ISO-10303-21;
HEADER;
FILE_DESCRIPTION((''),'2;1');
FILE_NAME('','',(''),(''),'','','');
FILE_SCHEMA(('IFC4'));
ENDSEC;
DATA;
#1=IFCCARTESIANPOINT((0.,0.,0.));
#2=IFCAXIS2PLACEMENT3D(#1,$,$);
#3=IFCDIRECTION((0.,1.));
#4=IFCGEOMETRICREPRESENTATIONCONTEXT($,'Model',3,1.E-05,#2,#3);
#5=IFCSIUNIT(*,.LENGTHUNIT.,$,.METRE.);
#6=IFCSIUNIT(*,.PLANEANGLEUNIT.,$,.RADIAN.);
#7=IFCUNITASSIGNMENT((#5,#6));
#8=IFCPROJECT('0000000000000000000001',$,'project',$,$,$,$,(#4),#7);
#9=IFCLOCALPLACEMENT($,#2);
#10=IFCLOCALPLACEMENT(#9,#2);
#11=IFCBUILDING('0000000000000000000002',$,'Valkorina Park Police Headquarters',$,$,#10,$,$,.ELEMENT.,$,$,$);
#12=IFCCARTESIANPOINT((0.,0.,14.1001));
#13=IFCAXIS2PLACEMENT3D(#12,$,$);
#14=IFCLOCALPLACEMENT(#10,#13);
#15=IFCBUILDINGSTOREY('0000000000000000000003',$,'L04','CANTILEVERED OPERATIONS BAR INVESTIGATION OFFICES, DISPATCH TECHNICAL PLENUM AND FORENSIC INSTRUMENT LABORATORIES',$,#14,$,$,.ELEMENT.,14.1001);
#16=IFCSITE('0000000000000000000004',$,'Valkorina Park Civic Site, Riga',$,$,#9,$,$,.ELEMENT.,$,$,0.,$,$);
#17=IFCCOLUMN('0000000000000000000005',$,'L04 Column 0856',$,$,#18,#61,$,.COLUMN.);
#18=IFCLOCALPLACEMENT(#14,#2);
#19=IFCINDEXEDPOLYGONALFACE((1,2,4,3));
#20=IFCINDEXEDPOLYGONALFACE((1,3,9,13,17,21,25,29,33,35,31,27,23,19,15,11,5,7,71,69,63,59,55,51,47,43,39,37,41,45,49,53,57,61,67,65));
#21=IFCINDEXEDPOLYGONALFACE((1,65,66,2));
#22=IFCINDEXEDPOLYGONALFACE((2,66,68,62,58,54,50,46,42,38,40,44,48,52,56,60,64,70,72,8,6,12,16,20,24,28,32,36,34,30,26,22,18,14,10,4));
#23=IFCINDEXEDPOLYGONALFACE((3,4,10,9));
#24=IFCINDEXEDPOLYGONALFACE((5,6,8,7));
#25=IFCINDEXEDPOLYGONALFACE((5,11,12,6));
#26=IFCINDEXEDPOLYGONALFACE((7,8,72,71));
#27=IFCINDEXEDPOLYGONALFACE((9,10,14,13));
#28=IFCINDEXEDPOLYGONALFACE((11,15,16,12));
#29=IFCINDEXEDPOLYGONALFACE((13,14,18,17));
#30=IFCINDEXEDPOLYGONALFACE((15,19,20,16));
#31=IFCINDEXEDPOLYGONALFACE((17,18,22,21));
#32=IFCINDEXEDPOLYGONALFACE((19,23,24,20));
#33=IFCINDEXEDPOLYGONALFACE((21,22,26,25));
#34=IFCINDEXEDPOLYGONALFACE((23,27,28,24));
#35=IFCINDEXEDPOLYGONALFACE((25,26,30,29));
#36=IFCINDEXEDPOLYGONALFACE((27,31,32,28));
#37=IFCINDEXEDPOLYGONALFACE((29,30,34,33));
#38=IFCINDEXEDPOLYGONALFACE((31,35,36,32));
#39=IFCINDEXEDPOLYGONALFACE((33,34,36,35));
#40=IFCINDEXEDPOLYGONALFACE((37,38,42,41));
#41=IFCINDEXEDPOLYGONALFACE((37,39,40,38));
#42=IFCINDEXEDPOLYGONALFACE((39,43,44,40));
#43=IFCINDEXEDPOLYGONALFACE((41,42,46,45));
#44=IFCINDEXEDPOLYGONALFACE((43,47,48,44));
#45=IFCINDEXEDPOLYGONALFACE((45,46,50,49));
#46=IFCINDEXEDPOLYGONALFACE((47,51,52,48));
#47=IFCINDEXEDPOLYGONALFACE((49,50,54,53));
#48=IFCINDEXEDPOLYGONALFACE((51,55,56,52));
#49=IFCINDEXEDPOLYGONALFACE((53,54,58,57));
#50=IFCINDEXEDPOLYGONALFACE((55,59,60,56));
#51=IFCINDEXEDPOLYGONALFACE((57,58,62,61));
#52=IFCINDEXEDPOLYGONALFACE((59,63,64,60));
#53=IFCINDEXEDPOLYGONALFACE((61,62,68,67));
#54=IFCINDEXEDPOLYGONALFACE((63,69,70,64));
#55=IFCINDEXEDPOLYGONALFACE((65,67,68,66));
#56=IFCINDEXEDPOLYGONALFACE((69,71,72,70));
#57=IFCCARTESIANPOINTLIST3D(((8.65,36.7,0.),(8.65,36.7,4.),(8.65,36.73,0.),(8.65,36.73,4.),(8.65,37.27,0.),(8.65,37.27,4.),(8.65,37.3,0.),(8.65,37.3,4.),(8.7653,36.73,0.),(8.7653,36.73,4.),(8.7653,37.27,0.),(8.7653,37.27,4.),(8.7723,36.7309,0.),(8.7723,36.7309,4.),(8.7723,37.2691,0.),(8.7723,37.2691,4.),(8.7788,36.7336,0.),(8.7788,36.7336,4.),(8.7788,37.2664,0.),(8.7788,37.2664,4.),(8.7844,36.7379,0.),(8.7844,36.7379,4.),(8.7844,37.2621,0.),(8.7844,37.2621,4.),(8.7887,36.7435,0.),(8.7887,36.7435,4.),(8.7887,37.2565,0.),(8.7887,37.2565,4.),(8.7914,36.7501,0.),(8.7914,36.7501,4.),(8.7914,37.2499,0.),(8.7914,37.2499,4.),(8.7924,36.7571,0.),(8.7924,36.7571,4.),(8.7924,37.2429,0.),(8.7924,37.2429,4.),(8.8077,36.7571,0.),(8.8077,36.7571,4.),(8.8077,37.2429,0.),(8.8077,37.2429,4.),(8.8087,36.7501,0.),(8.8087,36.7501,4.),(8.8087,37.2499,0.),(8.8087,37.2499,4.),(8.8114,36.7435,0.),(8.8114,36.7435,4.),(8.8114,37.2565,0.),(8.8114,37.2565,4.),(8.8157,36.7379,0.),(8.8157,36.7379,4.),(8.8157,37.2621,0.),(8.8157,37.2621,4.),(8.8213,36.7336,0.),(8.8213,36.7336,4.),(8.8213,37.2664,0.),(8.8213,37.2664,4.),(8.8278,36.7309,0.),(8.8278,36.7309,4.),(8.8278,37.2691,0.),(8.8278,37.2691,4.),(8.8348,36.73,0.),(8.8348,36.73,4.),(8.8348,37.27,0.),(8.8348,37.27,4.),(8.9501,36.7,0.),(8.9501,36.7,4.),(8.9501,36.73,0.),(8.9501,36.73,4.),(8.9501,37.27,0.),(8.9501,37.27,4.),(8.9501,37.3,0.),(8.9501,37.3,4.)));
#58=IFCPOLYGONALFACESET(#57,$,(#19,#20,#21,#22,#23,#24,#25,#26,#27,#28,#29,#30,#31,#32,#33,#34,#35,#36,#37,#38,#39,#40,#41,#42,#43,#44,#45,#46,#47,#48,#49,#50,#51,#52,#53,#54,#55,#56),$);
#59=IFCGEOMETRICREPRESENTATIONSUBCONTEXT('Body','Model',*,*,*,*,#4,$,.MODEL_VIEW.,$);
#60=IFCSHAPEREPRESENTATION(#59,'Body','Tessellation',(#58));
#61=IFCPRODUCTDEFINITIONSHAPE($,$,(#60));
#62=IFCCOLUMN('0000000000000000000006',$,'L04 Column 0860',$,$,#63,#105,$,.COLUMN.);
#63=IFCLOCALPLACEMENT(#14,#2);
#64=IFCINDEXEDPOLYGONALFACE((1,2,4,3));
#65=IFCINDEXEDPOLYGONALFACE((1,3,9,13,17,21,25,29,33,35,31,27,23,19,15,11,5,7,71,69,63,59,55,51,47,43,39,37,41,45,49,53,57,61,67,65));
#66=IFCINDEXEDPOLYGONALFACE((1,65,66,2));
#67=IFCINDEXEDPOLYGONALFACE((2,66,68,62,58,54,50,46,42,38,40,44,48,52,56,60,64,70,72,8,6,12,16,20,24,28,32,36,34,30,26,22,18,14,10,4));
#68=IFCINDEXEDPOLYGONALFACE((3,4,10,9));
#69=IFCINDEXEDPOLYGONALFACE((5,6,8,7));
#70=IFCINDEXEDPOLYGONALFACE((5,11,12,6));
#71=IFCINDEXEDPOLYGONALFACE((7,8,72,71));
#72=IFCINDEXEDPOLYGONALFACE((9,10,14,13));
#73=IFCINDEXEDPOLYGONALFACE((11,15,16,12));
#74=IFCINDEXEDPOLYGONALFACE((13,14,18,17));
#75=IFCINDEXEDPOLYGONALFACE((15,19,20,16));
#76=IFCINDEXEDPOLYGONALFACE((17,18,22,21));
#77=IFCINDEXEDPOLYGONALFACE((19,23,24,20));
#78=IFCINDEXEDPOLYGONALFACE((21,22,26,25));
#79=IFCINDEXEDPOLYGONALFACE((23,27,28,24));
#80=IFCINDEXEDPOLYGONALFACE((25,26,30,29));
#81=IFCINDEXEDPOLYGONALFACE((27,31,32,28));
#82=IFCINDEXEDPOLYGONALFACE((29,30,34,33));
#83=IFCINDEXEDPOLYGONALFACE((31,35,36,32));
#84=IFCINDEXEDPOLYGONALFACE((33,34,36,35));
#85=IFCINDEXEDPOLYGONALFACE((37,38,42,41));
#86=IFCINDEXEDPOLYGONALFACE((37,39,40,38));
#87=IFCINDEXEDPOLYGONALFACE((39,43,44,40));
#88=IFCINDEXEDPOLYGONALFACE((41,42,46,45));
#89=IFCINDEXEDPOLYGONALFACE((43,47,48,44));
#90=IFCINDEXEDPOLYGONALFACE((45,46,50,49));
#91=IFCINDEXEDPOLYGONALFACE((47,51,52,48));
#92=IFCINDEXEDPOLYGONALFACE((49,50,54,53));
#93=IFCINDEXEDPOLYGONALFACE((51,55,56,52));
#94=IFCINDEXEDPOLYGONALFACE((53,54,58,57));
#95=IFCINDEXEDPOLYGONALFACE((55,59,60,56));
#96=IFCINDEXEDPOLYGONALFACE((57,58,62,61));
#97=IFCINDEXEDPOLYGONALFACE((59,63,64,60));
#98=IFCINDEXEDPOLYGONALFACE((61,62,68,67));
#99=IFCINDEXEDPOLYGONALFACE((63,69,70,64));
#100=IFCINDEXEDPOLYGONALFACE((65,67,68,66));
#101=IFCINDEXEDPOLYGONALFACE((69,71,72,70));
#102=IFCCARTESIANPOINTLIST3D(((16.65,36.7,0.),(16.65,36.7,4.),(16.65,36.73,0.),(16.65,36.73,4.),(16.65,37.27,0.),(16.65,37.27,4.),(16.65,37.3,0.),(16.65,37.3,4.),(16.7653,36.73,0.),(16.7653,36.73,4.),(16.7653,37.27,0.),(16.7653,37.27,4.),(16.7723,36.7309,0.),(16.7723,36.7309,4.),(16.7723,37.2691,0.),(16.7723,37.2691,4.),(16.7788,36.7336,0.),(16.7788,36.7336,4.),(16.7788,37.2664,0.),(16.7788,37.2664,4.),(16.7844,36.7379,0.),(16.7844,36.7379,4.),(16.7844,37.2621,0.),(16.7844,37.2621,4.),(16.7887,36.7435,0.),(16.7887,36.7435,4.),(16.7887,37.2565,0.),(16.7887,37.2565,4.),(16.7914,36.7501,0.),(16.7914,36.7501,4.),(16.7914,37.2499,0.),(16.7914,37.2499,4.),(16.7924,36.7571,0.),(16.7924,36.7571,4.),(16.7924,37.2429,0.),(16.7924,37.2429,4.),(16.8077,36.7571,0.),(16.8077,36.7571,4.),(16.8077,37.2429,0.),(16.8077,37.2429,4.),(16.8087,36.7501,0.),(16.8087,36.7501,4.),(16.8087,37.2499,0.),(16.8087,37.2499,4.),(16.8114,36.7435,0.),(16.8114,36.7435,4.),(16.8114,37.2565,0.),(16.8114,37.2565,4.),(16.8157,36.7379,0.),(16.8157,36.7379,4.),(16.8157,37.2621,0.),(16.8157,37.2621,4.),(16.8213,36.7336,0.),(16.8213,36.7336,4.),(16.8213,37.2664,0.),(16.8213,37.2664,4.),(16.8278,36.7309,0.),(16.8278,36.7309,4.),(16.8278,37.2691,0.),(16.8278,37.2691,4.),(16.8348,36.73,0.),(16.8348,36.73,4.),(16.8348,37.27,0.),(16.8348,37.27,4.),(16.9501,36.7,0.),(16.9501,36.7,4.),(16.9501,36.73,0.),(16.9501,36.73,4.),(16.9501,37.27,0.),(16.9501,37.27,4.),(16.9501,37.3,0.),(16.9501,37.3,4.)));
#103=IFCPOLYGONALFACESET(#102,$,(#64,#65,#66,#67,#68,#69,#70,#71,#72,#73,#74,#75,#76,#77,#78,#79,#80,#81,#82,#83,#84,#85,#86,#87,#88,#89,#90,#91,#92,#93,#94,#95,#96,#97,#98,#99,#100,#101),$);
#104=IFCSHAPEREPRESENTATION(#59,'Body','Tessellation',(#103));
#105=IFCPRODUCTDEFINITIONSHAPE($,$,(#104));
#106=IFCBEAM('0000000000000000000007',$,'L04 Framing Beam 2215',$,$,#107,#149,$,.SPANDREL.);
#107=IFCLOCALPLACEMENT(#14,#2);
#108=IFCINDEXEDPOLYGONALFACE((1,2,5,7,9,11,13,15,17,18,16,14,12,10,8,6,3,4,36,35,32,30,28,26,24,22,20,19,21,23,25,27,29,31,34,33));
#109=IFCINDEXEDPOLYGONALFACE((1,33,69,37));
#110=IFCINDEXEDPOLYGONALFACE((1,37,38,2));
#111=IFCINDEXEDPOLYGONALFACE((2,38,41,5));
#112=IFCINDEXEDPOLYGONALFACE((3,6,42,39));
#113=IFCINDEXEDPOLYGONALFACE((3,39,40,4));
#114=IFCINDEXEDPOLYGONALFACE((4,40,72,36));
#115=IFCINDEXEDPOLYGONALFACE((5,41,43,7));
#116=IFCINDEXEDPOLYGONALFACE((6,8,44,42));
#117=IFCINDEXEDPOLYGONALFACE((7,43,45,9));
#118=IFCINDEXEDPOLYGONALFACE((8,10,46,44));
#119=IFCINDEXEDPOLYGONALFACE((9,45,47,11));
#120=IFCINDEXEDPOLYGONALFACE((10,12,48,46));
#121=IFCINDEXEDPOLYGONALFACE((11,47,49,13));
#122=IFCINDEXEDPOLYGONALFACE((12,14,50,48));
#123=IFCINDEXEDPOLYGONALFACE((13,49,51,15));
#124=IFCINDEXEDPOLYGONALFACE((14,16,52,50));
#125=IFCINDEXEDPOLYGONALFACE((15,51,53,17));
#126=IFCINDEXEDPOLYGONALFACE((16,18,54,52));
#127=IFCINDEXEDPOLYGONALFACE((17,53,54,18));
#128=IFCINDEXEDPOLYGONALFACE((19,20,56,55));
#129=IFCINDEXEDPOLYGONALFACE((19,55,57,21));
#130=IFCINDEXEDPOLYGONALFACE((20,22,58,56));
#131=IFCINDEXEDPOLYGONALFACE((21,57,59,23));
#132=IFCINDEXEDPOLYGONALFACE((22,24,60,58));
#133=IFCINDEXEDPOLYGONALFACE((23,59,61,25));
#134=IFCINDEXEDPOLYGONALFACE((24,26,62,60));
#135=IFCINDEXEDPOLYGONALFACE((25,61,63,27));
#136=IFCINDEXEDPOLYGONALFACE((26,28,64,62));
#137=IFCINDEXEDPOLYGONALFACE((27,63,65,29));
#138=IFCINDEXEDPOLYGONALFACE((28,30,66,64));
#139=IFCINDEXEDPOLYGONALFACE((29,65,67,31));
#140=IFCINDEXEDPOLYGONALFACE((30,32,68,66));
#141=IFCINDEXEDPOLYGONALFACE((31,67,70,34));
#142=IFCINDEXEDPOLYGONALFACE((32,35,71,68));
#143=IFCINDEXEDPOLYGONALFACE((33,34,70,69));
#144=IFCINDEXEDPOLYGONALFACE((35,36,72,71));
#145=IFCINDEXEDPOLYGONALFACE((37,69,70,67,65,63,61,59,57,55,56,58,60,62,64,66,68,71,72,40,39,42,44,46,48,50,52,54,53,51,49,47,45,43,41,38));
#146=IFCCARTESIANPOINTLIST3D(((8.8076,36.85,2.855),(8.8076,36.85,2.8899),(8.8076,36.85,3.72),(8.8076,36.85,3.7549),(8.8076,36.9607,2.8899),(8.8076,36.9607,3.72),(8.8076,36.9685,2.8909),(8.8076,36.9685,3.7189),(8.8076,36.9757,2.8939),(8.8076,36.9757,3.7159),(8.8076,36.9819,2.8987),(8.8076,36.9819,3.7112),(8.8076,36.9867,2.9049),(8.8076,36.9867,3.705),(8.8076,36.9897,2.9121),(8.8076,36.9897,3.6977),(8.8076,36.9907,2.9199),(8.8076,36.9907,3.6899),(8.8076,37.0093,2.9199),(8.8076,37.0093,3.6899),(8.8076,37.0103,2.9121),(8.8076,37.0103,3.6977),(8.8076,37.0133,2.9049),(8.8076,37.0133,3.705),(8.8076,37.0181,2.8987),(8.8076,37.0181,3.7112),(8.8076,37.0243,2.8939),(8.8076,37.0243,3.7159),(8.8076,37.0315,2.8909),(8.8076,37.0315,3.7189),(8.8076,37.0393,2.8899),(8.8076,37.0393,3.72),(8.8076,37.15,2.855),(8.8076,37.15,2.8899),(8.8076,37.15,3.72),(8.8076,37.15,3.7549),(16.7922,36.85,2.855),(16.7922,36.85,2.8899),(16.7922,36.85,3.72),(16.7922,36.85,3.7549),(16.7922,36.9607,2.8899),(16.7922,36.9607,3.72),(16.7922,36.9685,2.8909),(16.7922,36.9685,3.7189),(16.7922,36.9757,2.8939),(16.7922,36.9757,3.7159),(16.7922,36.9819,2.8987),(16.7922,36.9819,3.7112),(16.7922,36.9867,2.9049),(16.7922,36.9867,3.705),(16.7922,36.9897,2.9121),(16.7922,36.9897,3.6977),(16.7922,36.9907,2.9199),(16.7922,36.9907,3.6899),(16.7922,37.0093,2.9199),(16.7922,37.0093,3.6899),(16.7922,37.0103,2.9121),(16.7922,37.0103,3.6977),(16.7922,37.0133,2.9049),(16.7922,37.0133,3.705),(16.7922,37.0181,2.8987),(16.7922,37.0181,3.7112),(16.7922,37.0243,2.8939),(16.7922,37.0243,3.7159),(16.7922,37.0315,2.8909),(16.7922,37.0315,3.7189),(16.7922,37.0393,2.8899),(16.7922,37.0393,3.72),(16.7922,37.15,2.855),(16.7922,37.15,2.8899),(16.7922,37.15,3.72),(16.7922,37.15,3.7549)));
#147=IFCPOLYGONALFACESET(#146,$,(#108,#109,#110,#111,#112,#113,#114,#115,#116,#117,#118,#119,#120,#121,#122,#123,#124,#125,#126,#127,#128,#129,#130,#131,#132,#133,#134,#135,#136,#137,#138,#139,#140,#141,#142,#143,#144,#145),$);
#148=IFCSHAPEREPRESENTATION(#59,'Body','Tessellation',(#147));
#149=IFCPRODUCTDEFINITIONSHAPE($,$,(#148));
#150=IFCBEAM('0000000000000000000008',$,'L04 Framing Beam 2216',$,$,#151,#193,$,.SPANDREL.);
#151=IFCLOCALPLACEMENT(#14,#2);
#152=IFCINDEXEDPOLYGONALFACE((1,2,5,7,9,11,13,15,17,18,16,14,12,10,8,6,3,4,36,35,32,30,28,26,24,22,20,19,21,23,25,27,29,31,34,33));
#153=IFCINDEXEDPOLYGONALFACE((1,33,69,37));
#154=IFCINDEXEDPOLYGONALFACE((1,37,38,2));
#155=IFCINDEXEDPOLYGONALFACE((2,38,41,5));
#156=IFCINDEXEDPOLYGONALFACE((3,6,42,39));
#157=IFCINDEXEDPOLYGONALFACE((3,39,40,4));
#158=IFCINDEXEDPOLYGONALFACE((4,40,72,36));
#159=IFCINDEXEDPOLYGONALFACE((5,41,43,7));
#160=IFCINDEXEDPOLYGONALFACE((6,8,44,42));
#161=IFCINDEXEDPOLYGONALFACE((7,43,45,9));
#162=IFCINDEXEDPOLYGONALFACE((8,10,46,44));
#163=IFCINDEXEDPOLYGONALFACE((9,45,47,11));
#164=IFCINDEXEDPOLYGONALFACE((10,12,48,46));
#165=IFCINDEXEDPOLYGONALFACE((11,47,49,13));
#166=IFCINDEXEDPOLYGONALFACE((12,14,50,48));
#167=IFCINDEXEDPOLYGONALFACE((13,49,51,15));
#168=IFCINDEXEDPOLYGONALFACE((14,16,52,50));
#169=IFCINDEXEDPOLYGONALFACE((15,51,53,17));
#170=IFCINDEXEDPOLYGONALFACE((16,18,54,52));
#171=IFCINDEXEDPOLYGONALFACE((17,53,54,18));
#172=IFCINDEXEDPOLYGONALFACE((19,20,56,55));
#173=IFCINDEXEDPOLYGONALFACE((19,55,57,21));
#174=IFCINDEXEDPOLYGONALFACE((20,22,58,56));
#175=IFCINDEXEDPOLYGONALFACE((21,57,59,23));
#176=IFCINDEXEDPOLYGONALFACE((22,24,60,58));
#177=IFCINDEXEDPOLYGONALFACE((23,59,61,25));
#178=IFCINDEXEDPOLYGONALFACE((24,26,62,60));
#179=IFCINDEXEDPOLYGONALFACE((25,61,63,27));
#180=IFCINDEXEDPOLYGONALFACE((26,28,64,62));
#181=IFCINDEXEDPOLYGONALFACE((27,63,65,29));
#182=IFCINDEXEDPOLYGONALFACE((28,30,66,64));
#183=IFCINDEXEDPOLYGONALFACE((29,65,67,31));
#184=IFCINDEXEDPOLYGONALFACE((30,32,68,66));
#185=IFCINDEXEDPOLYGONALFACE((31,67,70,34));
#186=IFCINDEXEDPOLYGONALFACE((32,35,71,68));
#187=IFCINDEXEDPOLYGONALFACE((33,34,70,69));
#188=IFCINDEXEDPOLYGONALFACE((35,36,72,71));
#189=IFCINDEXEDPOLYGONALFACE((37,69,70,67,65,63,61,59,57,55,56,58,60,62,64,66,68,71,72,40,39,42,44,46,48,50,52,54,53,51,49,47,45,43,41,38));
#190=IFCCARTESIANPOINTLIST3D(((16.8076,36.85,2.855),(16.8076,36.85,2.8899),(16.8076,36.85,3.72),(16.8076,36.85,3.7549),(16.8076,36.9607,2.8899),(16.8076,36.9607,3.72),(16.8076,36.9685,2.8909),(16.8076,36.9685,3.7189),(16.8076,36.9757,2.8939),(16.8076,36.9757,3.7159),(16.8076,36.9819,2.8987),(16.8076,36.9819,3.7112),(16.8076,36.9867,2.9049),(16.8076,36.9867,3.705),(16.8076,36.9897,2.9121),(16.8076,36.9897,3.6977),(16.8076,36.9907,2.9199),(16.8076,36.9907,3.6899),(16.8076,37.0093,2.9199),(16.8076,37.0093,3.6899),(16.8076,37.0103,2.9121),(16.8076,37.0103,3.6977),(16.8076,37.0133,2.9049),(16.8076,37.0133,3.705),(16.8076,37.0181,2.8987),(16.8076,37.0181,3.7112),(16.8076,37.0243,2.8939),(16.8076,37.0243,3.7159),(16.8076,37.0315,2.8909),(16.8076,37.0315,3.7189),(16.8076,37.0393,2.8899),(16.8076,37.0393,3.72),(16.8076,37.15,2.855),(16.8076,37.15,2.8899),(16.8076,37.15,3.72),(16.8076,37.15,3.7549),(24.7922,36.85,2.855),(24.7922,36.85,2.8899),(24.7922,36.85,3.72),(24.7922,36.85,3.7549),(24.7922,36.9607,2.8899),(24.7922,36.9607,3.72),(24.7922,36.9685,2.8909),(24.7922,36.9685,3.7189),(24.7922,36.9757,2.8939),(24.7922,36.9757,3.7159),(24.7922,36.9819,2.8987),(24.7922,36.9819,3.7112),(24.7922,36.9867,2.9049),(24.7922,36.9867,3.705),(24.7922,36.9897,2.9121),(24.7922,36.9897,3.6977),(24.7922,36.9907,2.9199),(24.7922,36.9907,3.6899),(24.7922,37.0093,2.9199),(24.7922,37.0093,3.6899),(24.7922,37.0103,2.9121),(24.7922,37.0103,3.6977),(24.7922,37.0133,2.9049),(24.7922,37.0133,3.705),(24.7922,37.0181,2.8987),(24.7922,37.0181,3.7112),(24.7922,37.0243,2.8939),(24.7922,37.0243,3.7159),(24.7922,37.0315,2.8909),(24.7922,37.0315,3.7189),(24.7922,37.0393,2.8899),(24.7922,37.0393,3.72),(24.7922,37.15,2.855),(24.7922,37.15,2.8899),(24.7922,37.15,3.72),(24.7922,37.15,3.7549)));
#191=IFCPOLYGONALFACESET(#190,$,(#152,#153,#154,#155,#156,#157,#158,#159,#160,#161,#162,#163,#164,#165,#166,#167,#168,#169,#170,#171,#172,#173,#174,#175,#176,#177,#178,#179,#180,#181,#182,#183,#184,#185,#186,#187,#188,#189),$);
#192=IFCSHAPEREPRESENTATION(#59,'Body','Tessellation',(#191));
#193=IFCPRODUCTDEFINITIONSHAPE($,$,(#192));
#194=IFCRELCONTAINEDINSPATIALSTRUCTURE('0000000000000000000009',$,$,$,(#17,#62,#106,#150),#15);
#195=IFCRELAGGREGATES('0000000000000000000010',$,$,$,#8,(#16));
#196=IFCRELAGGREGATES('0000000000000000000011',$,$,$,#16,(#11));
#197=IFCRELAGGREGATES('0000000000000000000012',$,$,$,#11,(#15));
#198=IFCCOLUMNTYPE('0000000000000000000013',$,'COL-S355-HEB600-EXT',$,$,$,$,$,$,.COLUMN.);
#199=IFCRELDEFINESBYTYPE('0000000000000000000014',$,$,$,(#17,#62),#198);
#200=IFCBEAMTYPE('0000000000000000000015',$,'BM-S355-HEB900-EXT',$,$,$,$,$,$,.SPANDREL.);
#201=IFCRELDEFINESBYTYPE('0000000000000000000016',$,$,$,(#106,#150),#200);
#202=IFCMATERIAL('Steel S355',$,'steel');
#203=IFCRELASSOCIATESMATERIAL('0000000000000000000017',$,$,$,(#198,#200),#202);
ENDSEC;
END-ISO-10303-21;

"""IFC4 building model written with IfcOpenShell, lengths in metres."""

from ifc_helpers import new_model, si_unit, direction, frame, origin, origin_2d, place, context, subcontext, project, spatial, i_section, extrude, material, material_profile, profile_set, type_object, element, save


model = new_model("IFC4")

# Units and contexts
model_context = context("Model", 3, precision=1e-05, world=origin(), true_north=direction((0.0, 1.0)))
body_context = subcontext(model_context, "Body", "Model", "MODEL_VIEW")
ifc_project = project(units=[si_unit("LENGTHUNIT", "METRE"), si_unit("PLANEANGLEUNIT", "RADIAN")], contexts=[model_context])

# Site, building, storey
site_placement = place(None, origin())
site = spatial("IfcSite", under=ifc_project, at=site_placement, Name="Valkorina Park Civic Site, Riga", CompositionType="ELEMENT", RefElevation=0.0)
building_placement = place(site_placement, origin())
building = spatial("IfcBuilding", under=site, at=building_placement, Name="Valkorina Park Police Headquarters", CompositionType="ELEMENT")
storey_placement = place(building_placement, frame((0.0, 0.0, 14.1001)))
storey = spatial("IfcBuildingStorey", under=building, at=storey_placement, Name="L04", Description="CANTILEVERED OPERATIONS BAR INVESTIGATION OFFICES, DISPATCH TECHNICAL PLENUM AND FORENSIC INSTRUMENT LABORATORIES", CompositionType="ELEMENT", Elevation=14.1001)

# Columns
ifc_material_1 = material(Name="Steel S355", Category="steel")
ifc_material_profile_1 = material_profile(ifc_material_1, i_section(OverallWidth=0.3, OverallDepth=0.6001, WebThickness=0.0154, FlangeThickness=0.03, FilletRadius=0.0271, at=origin_2d()), Name="HEB 600")
ifc_profile_set_1 = profile_set([ifc_material_profile_1], Name="Steel S355")
column_type = type_object("IfcColumnType", Name="COL-S355-HEB600-EXT", PredefinedType="COLUMN", material=ifc_profile_set_1)
for number, where, z_axis, x_axis, name in (
    (1, (8.8, 37.0, 0.0), (0.0, 0.0, 1.0), (1.0, 0.0, 0.0), "L04 Column 0856"),
    (2, (16.8, 37.0, 0.0), (0.0, 0.0, 1.0), (1.0, 0.0, 0.0), "L04 Column 0860"),
):
    element("IfcColumn", number, at=place(storey_placement, frame(where, z_axis=z_axis, x_axis=x_axis)), inside=storey, type_object=column_type, Name=name, PredefinedType="COLUMN", context=body_context, shape_type="SweptSolid", body=[
        extrude(i_section(OverallWidth=0.3, OverallDepth=0.6001, WebThickness=0.0154, FlangeThickness=0.03, FilletRadius=0.0271, at=origin_2d()), origin(), (0.0, 0.0, 1.0), 4.0),
    ])

# Beams
ifc_material_profile_2 = material_profile(ifc_material_1, i_section(OverallWidth=0.3, OverallDepth=0.8999, WebThickness=0.0186, FlangeThickness=0.0349, FilletRadius=0.03, at=origin_2d()), Name="HEB 900")
ifc_profile_set_2 = profile_set([ifc_material_profile_2], Name="Steel S355")
beam_type = type_object("IfcBeamType", Name="BM-S355-HEB900-EXT", PredefinedType="SPANDREL", material=ifc_profile_set_2)
for number, where, z_axis, x_axis, name in (
    (3, (8.8076, 37.0, 3.3049), (1.0, 0.0, 0.0), (0.0, 1.0, 0.0), "L04 Framing Beam 2215"),
    (4, (16.8076, 37.0, 3.3049), (1.0, 0.0, 0.0), (0.0, 1.0, 0.0), "L04 Framing Beam 2216"),
):
    element("IfcBeam", number, at=place(storey_placement, frame(where, z_axis=z_axis, x_axis=x_axis)), inside=storey, type_object=beam_type, Name=name, PredefinedType="SPANDREL", context=body_context, shape_type="SweptSolid", body=[
        extrude(i_section(OverallWidth=0.3, OverallDepth=0.8999, WebThickness=0.0186, FlangeThickness=0.0349, FilletRadius=0.03, at=origin_2d()), origin(), (0.0, 0.0, 1.0), 7.9846),
    ])

save(model, "model.ifc")
